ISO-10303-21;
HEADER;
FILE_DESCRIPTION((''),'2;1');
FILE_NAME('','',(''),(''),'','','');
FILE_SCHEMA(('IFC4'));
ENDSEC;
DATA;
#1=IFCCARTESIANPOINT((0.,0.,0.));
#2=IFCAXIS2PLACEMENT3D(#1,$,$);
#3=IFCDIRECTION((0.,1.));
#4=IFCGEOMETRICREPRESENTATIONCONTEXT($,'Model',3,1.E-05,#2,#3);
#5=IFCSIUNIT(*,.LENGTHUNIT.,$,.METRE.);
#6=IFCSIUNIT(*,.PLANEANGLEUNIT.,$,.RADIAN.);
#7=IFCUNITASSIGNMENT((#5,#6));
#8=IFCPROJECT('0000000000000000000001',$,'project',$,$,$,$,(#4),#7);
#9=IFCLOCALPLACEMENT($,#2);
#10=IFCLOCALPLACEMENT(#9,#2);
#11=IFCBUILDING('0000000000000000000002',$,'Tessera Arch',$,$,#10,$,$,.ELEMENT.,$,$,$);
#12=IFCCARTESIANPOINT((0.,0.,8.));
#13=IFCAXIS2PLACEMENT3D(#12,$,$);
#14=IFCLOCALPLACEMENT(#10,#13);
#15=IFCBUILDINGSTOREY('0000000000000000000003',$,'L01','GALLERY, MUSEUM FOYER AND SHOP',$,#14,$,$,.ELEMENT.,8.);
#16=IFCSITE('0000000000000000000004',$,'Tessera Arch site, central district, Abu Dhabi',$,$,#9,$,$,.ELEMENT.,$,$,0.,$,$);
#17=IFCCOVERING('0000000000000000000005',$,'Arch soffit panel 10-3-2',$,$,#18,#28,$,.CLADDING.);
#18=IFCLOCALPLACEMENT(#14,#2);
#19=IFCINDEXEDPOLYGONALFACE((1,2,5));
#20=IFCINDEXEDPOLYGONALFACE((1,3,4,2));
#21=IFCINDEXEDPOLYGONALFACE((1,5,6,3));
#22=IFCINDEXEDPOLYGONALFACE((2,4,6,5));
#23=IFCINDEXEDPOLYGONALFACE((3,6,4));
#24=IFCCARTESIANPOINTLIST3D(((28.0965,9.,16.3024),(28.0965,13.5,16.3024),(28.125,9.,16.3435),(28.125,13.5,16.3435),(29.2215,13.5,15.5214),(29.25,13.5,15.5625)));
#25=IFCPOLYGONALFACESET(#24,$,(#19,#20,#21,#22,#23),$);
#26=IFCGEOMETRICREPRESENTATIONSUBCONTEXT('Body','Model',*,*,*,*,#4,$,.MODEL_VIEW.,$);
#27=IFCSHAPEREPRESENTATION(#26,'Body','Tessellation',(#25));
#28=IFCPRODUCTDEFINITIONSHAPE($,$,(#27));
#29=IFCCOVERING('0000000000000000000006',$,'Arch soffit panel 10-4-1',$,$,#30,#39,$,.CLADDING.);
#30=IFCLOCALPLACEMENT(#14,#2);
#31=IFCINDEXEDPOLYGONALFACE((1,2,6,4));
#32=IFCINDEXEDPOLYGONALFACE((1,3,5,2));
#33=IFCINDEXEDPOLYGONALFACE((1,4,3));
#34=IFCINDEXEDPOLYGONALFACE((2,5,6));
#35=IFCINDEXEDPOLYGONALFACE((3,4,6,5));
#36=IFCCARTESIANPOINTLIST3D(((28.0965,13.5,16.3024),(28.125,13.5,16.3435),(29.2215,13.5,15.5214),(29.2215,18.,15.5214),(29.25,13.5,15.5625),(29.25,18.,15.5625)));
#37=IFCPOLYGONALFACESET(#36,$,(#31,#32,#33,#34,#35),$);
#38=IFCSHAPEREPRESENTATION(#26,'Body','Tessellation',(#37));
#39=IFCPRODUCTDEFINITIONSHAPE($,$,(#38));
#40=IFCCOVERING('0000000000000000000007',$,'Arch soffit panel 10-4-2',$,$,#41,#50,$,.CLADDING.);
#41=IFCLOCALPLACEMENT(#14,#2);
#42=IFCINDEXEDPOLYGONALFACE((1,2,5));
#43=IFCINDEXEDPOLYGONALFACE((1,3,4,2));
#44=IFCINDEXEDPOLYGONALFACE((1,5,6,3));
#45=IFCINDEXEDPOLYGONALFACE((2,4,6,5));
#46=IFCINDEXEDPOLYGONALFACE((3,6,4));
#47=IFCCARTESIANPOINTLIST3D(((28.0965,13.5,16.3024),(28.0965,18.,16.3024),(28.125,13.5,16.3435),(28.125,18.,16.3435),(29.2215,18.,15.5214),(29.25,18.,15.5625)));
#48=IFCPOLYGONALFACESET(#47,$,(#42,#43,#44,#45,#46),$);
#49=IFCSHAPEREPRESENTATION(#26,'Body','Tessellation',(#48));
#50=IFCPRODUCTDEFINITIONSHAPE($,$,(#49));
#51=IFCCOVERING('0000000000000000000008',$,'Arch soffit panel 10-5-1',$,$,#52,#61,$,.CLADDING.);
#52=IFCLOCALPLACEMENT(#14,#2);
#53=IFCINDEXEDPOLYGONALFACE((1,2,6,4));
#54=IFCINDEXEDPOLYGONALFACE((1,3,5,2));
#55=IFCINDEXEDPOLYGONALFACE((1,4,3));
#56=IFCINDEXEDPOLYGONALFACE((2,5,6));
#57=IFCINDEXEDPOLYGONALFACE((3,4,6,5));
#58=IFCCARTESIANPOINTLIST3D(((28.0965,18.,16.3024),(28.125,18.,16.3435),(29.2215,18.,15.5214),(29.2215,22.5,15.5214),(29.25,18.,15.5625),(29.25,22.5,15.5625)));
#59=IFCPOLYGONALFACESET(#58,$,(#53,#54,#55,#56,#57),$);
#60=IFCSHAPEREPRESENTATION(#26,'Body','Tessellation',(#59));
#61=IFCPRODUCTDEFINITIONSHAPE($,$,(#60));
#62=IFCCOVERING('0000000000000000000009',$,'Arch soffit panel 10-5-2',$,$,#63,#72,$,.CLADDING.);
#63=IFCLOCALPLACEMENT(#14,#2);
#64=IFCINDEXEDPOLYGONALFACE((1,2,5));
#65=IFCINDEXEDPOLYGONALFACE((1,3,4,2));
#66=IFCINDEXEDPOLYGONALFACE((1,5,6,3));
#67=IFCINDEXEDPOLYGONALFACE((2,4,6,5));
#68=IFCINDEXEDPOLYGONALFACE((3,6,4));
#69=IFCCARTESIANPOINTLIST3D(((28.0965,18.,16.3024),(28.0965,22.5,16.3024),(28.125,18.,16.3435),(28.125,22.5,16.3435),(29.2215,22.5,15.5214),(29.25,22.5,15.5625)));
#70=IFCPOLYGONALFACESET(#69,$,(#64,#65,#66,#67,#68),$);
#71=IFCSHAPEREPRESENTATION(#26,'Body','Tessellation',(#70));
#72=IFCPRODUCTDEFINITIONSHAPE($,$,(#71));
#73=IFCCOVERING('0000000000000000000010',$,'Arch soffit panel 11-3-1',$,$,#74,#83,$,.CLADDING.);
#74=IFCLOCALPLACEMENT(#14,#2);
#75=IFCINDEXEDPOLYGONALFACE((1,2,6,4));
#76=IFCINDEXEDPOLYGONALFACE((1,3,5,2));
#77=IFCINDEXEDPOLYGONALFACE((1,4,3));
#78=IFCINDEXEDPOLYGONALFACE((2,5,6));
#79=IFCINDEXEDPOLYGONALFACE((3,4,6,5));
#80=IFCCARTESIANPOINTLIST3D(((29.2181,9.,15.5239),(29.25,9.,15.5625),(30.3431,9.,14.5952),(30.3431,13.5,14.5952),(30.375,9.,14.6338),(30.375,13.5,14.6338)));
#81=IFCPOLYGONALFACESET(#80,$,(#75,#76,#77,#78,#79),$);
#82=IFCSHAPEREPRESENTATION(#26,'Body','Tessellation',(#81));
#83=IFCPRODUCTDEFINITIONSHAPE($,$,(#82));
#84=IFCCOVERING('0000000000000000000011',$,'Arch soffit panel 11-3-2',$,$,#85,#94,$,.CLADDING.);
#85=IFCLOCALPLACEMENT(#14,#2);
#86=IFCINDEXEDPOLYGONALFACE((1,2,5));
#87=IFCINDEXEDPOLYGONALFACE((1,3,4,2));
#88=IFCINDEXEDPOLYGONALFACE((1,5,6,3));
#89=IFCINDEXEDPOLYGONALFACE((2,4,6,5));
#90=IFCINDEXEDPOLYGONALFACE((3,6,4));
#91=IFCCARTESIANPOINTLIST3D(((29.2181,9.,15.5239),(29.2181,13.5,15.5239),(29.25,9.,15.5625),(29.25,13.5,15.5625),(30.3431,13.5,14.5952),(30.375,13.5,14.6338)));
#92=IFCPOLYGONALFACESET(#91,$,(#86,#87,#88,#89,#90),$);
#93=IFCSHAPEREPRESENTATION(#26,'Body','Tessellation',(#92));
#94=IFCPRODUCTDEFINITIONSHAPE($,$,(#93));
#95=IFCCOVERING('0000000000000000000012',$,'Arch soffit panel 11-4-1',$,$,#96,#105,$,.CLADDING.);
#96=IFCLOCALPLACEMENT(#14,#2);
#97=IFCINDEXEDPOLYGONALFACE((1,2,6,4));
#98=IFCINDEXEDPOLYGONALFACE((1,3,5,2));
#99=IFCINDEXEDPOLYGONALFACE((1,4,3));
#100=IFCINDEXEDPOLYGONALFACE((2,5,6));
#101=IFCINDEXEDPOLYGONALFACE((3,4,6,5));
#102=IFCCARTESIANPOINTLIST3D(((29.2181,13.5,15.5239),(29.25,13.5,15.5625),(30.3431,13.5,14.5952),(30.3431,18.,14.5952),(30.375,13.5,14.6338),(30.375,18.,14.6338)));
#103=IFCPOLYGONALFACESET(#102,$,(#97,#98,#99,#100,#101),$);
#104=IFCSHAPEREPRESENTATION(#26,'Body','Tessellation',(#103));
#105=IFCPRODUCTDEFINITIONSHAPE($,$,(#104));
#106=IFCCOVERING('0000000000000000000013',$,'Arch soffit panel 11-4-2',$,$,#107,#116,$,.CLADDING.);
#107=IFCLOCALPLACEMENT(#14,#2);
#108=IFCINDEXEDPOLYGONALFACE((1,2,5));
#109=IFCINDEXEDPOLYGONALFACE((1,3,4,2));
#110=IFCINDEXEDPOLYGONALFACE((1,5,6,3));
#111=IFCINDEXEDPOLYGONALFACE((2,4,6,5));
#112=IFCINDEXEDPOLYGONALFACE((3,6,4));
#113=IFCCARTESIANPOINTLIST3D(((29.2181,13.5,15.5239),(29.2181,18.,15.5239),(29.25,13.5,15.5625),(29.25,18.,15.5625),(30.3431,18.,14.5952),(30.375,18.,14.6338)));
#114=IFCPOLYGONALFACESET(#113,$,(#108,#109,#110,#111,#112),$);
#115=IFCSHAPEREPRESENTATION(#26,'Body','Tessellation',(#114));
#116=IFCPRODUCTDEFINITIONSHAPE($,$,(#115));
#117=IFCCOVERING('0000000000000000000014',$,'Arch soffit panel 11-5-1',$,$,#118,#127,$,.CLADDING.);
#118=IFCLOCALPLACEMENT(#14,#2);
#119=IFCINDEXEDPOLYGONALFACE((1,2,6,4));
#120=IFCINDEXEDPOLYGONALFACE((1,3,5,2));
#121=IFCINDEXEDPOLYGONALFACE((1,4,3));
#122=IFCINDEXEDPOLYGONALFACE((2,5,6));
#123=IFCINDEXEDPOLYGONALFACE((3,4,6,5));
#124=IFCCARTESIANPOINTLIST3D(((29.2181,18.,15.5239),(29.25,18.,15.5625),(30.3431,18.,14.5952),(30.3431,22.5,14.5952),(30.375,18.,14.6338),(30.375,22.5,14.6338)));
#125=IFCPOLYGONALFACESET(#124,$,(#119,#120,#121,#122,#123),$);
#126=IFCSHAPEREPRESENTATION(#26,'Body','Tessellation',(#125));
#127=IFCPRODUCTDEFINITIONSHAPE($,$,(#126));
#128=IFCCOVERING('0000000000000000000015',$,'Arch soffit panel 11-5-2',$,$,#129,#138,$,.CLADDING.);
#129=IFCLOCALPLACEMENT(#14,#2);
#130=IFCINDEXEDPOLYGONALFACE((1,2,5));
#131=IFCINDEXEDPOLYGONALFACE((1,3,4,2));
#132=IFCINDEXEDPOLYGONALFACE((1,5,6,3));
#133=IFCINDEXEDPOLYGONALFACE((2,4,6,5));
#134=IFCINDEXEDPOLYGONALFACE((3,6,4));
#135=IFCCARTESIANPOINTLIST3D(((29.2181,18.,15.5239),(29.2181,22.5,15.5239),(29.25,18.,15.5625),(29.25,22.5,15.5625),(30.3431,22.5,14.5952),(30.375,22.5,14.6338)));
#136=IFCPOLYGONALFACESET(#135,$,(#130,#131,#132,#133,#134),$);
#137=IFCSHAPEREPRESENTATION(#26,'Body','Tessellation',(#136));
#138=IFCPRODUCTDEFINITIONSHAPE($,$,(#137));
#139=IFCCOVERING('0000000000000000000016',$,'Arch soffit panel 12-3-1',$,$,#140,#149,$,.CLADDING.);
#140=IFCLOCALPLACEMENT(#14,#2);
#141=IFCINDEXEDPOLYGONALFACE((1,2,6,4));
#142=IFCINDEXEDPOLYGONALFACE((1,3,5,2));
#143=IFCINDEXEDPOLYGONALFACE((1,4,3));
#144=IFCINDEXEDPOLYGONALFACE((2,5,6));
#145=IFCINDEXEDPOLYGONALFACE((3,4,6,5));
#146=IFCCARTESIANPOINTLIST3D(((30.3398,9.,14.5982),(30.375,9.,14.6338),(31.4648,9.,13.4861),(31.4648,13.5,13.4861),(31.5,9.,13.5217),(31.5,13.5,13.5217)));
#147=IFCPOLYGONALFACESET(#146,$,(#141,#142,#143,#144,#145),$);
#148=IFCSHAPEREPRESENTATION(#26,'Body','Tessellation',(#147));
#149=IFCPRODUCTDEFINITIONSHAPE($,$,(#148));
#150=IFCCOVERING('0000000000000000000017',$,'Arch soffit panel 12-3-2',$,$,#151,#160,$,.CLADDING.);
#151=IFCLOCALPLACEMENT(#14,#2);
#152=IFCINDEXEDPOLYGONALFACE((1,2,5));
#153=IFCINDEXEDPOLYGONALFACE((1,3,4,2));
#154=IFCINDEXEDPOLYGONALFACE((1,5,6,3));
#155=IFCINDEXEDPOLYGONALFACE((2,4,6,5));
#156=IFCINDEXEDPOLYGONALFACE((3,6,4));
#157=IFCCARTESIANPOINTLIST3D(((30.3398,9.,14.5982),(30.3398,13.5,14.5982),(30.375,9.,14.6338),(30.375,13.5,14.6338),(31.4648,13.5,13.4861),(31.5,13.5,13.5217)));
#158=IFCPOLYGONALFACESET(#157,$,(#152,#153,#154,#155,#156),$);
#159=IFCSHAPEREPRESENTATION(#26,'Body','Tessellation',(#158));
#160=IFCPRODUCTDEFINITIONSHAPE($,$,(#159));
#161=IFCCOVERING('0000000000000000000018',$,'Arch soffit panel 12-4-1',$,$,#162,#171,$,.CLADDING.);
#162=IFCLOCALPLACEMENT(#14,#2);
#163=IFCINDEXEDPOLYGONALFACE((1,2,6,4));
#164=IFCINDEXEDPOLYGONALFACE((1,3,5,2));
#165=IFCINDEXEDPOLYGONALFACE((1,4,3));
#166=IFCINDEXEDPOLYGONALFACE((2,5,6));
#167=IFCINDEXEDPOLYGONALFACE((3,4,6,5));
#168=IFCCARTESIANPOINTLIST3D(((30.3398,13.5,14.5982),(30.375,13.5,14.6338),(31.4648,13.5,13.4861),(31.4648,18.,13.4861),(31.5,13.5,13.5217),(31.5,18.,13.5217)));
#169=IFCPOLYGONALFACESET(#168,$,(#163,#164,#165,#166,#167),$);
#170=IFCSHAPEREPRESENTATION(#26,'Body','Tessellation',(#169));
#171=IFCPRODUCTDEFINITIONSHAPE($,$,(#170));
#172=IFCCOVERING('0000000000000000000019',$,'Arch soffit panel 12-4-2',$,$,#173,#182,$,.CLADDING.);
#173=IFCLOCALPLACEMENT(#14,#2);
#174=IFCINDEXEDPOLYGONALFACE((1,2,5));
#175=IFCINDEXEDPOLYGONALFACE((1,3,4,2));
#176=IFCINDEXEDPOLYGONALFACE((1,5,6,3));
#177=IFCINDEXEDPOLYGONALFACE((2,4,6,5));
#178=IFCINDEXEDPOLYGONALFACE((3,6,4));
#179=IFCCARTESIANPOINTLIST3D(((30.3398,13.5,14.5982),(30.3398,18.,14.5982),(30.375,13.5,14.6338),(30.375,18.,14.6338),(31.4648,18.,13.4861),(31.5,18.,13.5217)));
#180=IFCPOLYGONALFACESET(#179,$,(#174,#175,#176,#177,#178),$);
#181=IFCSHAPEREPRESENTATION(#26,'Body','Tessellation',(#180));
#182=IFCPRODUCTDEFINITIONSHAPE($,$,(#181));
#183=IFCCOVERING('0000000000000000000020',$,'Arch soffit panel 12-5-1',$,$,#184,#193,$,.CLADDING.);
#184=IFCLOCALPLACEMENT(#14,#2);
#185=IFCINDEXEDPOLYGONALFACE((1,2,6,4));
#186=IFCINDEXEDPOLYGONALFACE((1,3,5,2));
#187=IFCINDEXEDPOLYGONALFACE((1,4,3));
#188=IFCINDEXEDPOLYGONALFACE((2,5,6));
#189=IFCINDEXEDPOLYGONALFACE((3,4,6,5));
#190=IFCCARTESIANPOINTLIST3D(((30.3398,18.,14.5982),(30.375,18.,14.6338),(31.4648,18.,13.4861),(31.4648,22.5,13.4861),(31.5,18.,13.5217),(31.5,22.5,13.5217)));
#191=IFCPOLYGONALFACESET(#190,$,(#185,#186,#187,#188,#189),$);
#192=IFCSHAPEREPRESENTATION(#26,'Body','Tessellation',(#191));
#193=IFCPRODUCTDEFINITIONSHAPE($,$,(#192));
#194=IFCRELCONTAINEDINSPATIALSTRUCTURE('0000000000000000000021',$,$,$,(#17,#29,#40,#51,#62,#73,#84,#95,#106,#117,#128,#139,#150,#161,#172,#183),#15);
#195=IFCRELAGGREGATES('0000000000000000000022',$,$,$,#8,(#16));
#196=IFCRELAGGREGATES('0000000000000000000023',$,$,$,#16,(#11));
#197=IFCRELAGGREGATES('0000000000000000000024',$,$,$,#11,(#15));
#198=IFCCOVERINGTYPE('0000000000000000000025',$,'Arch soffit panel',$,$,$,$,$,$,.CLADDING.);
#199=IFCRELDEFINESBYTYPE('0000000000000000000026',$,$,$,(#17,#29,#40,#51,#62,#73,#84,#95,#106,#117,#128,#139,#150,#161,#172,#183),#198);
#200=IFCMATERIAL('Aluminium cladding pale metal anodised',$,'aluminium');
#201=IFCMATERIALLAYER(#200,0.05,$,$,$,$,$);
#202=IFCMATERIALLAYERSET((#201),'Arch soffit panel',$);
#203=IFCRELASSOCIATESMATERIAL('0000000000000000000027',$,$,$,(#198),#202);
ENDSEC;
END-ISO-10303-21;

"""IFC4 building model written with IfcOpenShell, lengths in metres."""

from ifc_helpers import new_model, si_unit, direction, frame, origin, place, context, subcontext, project, spatial, polyline, outline, extrude, material, layer, layer_set, type_object, element, save


model = new_model("IFC4")

# Units and contexts
model_context = context("Model", 3, precision=1e-05, world=origin(), true_north=direction((0.0, 1.0)))
body_context = subcontext(model_context, "Body", "Model", "MODEL_VIEW")
ifc_project = project(units=[si_unit("LENGTHUNIT", "METRE"), si_unit("PLANEANGLEUNIT", "RADIAN")], contexts=[model_context])

# Site, building, storey
site_placement = place(None, origin())
site = spatial("IfcSite", under=ifc_project, at=site_placement, Name="Tessera Arch site, central district, Abu Dhabi", CompositionType="ELEMENT", RefElevation=0.0)
building_placement = place(site_placement, origin())
building = spatial("IfcBuilding", under=site, at=building_placement, Name="Tessera Arch", CompositionType="ELEMENT")
storey_placement = place(building_placement, frame((0.0, 0.0, 8.0)))
storey = spatial("IfcBuildingStorey", under=building, at=storey_placement, Name="L01", Description="GALLERY, MUSEUM FOYER AND SHOP", CompositionType="ELEMENT", Elevation=8.0)

# Coverings
ifc_material = material(Name="Aluminium cladding pale metal anodised", Category="aluminium")
ifc_layer = layer(ifc_material, 0.05)
ifc_layer_set = layer_set([ifc_layer], Name="Arch soffit panel")
covering_type = type_object("IfcCoveringType", Name="Arch soffit panel", PredefinedType="CLADDING", material=ifc_layer_set)
covering_1_placement = place(storey_placement, frame((28.125, 9.0, 16.3435), z_axis=(0.570276, 0.0, 0.821453), x_axis=(0.239169, 0.956676, -0.166038)))
element("IfcCovering", 1, at=covering_1_placement, inside=storey, type_object=covering_type, Name="Arch soffit panel 10-3-2", PredefinedType="CLADDING", context=body_context, shape_type="SweptSolid", body=[
    extrude(outline(polyline([(0.0, 0.0), (4.7038, 0.0), (4.305, 1.3102), (0.0, 0.0)])), origin(), (0.0, 0.0, -1.0), 0.05),
])
covering_2_placement = place(storey_placement, frame((28.125, 13.5, 16.3435), z_axis=(0.570276, 0.0, 0.821453), x_axis=(0.821453, 0.0, -0.570276)))
element("IfcCovering", 2, at=covering_2_placement, inside=storey, type_object=covering_type, Name="Arch soffit panel 10-4-1", PredefinedType="CLADDING", context=body_context, shape_type="SweptSolid", body=[
    extrude(outline(polyline([(0.0, 0.0), (1.3695, 0.0), (1.3695, 4.5), (0.0, 0.0)])), origin(), (0.0, 0.0, -1.0), 0.05),
])
covering_3_placement = place(storey_placement, frame((28.125, 13.5, 16.3435), z_axis=(0.570276, 0.0, 0.821453), x_axis=(0.239169, 0.956676, -0.166038)))
element("IfcCovering", 3, at=covering_3_placement, inside=storey, type_object=covering_type, Name="Arch soffit panel 10-4-2", PredefinedType="CLADDING", context=body_context, shape_type="SweptSolid", body=[
    extrude(outline(polyline([(0.0, 0.0), (4.7038, 0.0), (4.305, 1.3102), (0.0, 0.0)])), origin(), (0.0, 0.0, -1.0), 0.05),
])
covering_4_placement = place(storey_placement, frame((28.125, 18.0, 16.3435), z_axis=(0.570276, 0.0, 0.821453), x_axis=(0.821453, 0.0, -0.570276)))
element("IfcCovering", 4, at=covering_4_placement, inside=storey, type_object=covering_type, Name="Arch soffit panel 10-5-1", PredefinedType="CLADDING", context=body_context, shape_type="SweptSolid", body=[
    extrude(outline(polyline([(0.0, 0.0), (1.3695, 0.0), (1.3695, 4.5), (0.0, 0.0)])), origin(), (0.0, 0.0, -1.0), 0.05),
])
covering_5_placement = place(storey_placement, frame((28.125, 18.0, 16.3435), z_axis=(0.570276, 0.0, 0.821453), x_axis=(0.239169, 0.956676, -0.166038)))
element("IfcCovering", 5, at=covering_5_placement, inside=storey, type_object=covering_type, Name="Arch soffit panel 10-5-2", PredefinedType="CLADDING", context=body_context, shape_type="SweptSolid", body=[
    extrude(outline(polyline([(0.0, 0.0), (4.7038, 0.0), (4.305, 1.3102), (0.0, 0.0)])), origin(), (0.0, 0.0, -1.0), 0.05),
])
covering_6_placement = place(storey_placement, frame((29.25, 9.0, 15.5625), z_axis=(0.636622, 0.0, 0.771176), x_axis=(0.771176, 0.0, -0.636622)))
element("IfcCovering", 6, at=covering_6_placement, inside=storey, type_object=covering_type, Name="Arch soffit panel 11-3-1", PredefinedType="CLADDING", context=body_context, shape_type="SweptSolid", body=[
    extrude(outline(polyline([(0.0, 0.0), (1.4588, 0.0), (1.4588, 4.5), (0.0, 0.0)])), origin(), (0.0, 0.0, -1.0), 0.05),
])
covering_7_placement = place(storey_placement, frame((29.25, 9.0, 15.5625), z_axis=(0.636622, 0.0, 0.771176), x_axis=(0.237816, 0.951263, -0.196322)))
element("IfcCovering", 7, at=covering_7_placement, inside=storey, type_object=covering_type, Name="Arch soffit panel 11-3-2", PredefinedType="CLADDING", context=body_context, shape_type="SweptSolid", body=[
    extrude(outline(polyline([(0.0, 0.0), (4.7306, 0.0), (4.2807, 1.3877), (0.0, 0.0)])), origin(), (0.0, 0.0, -1.0), 0.05),
])
covering_8_placement = place(storey_placement, frame((29.25, 13.5, 15.5625), z_axis=(0.636622, 0.0, 0.771176), x_axis=(0.771176, 0.0, -0.636622)))
element("IfcCovering", 8, at=covering_8_placement, inside=storey, type_object=covering_type, Name="Arch soffit panel 11-4-1", PredefinedType="CLADDING", context=body_context, shape_type="SweptSolid", body=[
    extrude(outline(polyline([(0.0, 0.0), (1.4588, 0.0), (1.4588, 4.5), (0.0, 0.0)])), origin(), (0.0, 0.0, -1.0), 0.05),
])
covering_9_placement = place(storey_placement, frame((29.25, 13.5, 15.5625), z_axis=(0.636622, 0.0, 0.771176), x_axis=(0.237816, 0.951263, -0.196322)))
element("IfcCovering", 9, at=covering_9_placement, inside=storey, type_object=covering_type, Name="Arch soffit panel 11-4-2", PredefinedType="CLADDING", context=body_context, shape_type="SweptSolid", body=[
    extrude(outline(polyline([(0.0, 0.0), (4.7306, 0.0), (4.2807, 1.3877), (0.0, 0.0)])), origin(), (0.0, 0.0, -1.0), 0.05),
])
covering_10_placement = place(storey_placement, frame((29.25, 18.0, 15.5625), z_axis=(0.636622, 0.0, 0.771176), x_axis=(0.771176, 0.0, -0.636622)))
element("IfcCovering", 10, at=covering_10_placement, inside=storey, type_object=covering_type, Name="Arch soffit panel 11-5-1", PredefinedType="CLADDING", context=body_context, shape_type="SweptSolid", body=[
    extrude(outline(polyline([(0.0, 0.0), (1.4588, 0.0), (1.4588, 4.5), (0.0, 0.0)])), origin(), (0.0, 0.0, -1.0), 0.05),
])
covering_11_placement = place(storey_placement, frame((29.25, 18.0, 15.5625), z_axis=(0.636622, 0.0, 0.771176), x_axis=(0.237816, 0.951263, -0.196322)))
element("IfcCovering", 11, at=covering_11_placement, inside=storey, type_object=covering_type, Name="Arch soffit panel 11-5-2", PredefinedType="CLADDING", context=body_context, shape_type="SweptSolid", body=[
    extrude(outline(polyline([(0.0, 0.0), (4.7306, 0.0), (4.2807, 1.3877), (0.0, 0.0)])), origin(), (0.0, 0.0, -1.0), 0.05),
])
covering_12_placement = place(storey_placement, frame((30.375, 9.0, 14.6338), z_axis=(0.703005, 0.0, 0.711185), x_axis=(0.711185, 0.0, -0.703005)))
element("IfcCovering", 12, at=covering_12_placement, inside=storey, type_object=covering_type, Name="Arch soffit panel 12-3-1", PredefinedType="CLADDING", context=body_context, shape_type="SweptSolid", body=[
    extrude(outline(polyline([(0.0, 0.0), (1.5819, 0.0), (1.5819, 4.5), (0.0, 0.0)])), origin(), (0.0, 0.0, -1.0), 0.05),
])
covering_13_placement = place(storey_placement, frame((30.375, 9.0, 14.6338), z_axis=(0.703005, 0.0, 0.711185), x_axis=(0.235852, 0.943409, -0.233139)))
element("IfcCovering", 13, at=covering_13_placement, inside=storey, type_object=covering_type, Name="Arch soffit panel 12-3-2", PredefinedType="CLADDING", context=body_context, shape_type="SweptSolid", body=[
    extrude(outline(polyline([(0.0, 0.0), (4.7699, 0.0), (4.2453, 1.4923), (0.0, 0.0)])), origin(), (0.0, 0.0, -1.0), 0.05),
])
covering_14_placement = place(storey_placement, frame((30.375, 13.5, 14.6338), z_axis=(0.703005, 0.0, 0.711185), x_axis=(0.711185, 0.0, -0.703005)))
element("IfcCovering", 14, at=covering_14_placement, inside=storey, type_object=covering_type, Name="Arch soffit panel 12-4-1", PredefinedType="CLADDING", context=body_context, shape_type="SweptSolid", body=[
    extrude(outline(polyline([(0.0, 0.0), (1.5819, 0.0), (1.5819, 4.5), (0.0, 0.0)])), origin(), (0.0, 0.0, -1.0), 0.05),
])
covering_15_placement = place(storey_placement, frame((30.375, 13.5, 14.6338), z_axis=(0.703005, 0.0, 0.711185), x_axis=(0.235852, 0.943409, -0.233139)))
element("IfcCovering", 15, at=covering_15_placement, inside=storey, type_object=covering_type, Name="Arch soffit panel 12-4-2", PredefinedType="CLADDING", context=body_context, shape_type="SweptSolid", body=[
    extrude(outline(polyline([(0.0, 0.0), (4.7699, 0.0), (4.2453, 1.4923), (0.0, 0.0)])), origin(), (0.0, 0.0, -1.0), 0.05),
])
covering_16_placement = place(storey_placement, frame((30.375, 18.0, 14.6338), z_axis=(0.703005, 0.0, 0.711185), x_axis=(0.711185, 0.0, -0.703005)))
element("IfcCovering", 16, at=covering_16_placement, inside=storey, type_object=covering_type, Name="Arch soffit panel 12-5-1", PredefinedType="CLADDING", context=body_context, shape_type="SweptSolid", body=[
    extrude(outline(polyline([(0.0, 0.0), (1.5819, 0.0), (1.5819, 4.5), (0.0, 0.0)])), origin(), (0.0, 0.0, -1.0), 0.05),
])

save(model, "model.ifc")
